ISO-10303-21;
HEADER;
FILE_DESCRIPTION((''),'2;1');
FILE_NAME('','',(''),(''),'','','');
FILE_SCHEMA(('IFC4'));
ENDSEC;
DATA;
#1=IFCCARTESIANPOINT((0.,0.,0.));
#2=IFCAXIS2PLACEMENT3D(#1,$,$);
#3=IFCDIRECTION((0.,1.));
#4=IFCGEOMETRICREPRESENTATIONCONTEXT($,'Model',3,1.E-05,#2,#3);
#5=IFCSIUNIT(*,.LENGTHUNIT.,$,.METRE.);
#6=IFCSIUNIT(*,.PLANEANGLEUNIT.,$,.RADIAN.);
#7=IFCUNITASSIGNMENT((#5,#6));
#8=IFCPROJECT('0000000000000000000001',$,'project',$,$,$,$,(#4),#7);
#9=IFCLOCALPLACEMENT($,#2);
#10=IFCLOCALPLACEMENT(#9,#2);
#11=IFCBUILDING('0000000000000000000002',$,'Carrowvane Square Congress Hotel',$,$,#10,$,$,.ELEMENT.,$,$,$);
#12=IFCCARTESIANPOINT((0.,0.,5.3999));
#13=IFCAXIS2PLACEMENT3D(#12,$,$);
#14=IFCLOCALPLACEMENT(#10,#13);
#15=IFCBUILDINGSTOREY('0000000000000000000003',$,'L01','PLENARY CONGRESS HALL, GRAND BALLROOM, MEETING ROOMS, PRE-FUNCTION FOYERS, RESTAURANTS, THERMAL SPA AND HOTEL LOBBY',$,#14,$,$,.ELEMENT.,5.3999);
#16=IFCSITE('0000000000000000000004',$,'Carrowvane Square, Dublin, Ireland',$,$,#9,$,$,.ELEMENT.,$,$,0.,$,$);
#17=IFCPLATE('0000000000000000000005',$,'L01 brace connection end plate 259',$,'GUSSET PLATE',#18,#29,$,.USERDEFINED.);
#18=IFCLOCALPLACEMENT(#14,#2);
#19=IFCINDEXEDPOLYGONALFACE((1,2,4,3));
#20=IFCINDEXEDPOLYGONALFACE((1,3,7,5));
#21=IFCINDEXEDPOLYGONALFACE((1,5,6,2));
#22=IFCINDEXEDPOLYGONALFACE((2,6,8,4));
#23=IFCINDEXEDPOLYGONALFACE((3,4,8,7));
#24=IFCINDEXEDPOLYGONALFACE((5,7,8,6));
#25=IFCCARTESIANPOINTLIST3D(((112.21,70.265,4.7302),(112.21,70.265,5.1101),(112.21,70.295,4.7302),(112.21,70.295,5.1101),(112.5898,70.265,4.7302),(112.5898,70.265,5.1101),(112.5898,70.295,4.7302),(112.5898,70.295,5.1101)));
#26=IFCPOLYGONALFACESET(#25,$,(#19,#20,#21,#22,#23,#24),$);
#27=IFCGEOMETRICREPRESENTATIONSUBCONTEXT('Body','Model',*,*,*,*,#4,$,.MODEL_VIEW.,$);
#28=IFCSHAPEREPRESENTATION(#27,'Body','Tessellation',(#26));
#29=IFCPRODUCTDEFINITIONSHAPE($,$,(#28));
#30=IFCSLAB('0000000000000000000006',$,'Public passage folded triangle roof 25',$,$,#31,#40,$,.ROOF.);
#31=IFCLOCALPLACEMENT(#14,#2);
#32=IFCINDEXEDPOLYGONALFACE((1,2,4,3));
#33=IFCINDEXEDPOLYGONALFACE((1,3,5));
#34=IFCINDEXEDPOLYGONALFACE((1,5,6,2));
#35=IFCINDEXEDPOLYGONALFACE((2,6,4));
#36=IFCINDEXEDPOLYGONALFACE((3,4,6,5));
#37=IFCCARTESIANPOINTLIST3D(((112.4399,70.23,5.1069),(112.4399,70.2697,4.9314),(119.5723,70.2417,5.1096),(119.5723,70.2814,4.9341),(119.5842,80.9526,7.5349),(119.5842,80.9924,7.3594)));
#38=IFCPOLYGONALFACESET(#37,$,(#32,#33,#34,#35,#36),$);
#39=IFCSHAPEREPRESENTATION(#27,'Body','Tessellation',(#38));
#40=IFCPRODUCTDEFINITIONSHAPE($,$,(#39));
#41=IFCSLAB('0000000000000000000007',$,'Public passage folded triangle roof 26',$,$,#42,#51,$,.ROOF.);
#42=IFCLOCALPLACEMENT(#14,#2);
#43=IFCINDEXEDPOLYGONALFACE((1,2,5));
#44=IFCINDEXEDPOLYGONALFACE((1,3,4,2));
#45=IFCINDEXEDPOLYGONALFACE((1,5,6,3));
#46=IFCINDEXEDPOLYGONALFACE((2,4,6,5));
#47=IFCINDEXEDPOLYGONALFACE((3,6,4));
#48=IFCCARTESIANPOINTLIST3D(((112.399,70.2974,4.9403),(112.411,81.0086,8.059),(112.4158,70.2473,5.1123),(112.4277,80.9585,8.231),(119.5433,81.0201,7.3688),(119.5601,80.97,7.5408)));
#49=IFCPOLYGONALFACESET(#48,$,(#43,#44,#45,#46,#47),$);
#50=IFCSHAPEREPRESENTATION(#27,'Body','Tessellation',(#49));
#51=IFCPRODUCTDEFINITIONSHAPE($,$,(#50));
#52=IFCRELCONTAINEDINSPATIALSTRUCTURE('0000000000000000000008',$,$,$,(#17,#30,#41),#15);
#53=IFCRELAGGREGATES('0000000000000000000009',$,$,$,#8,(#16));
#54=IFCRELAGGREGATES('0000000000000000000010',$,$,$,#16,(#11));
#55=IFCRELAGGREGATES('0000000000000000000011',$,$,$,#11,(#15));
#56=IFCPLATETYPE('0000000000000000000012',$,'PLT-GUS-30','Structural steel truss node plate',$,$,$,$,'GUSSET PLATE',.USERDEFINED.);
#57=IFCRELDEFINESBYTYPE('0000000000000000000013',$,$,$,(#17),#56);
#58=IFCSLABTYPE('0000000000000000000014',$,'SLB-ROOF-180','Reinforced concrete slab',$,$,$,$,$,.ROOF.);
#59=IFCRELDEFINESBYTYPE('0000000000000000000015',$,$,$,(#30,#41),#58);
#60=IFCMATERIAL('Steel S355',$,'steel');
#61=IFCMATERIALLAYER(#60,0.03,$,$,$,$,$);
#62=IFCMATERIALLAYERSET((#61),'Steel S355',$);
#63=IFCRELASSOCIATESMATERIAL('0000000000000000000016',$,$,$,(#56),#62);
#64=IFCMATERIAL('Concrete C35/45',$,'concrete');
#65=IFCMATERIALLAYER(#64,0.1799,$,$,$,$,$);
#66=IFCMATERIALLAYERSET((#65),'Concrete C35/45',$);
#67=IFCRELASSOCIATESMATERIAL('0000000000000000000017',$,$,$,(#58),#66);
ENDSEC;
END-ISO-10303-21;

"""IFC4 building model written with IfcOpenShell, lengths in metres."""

from ifc_helpers import new_model, si_unit, direction, frame, origin, origin_2d, place, context, subcontext, project, spatial, polyline, rectangle, outline, extrude, material, layer, layer_set, type_object, element, save


model = new_model("IFC4")

# Units and contexts
model_context = context("Model", 3, precision=1e-05, world=origin(), true_north=direction((0.0, 1.0)))
body_context = subcontext(model_context, "Body", "Model", "MODEL_VIEW")
ifc_project = project(units=[si_unit("LENGTHUNIT", "METRE"), si_unit("PLANEANGLEUNIT", "RADIAN")], contexts=[model_context])

# Site, building, storey
site_placement = place(None, origin())
site = spatial("IfcSite", under=ifc_project, at=site_placement, Name="Carrowvane Square, Dublin, Ireland", CompositionType="ELEMENT", RefElevation=0.0)
building_placement = place(site_placement, origin())
building = spatial("IfcBuilding", under=site, at=building_placement, Name="Carrowvane Square Congress Hotel", CompositionType="ELEMENT")
storey_placement = place(building_placement, frame((0.0, 0.0, 5.3999)))
storey = spatial("IfcBuildingStorey", under=building, at=storey_placement, Name="L01", Description="PLENARY CONGRESS HALL, GRAND BALLROOM, MEETING ROOMS, PRE-FUNCTION FOYERS, RESTAURANTS, THERMAL SPA AND HOTEL LOBBY", CompositionType="ELEMENT", Elevation=5.3999)

# Plate
ifc_material_1 = material(Name="Steel S355", Category="steel")
ifc_layer_1 = layer(ifc_material_1, 0.03)
ifc_layer_set_1 = layer_set([ifc_layer_1], Name="Steel S355")
plate_type_1 = type_object("IfcPlateType", Name="PLT-GUS-30", Description="Structural steel truss node plate", ElementType="GUSSET PLATE", PredefinedType="USERDEFINED", material=ifc_layer_set_1)
plate_1_placement = place(storey_placement, frame((112.3999, 70.28, 4.7302), z_axis=(0.0, 0.0, 1.0), x_axis=(1.0, 0.0, 0.0)))
element("IfcPlate", 1, at=plate_1_placement, inside=storey, type_object=plate_type_1, Name="L01 brace connection end plate 259", ObjectType="GUSSET PLATE", PredefinedType="USERDEFINED", context=body_context, shape_type="SweptSolid", body=[
    extrude(rectangle(XDim=0.3799, YDim=0.03, at=origin_2d()), origin(), (0.0, 0.0, 1.0), 0.3799),
])

# Slabs
ifc_material_2 = material(Name="Concrete C35/45", Category="concrete")
ifc_layer_2 = layer(ifc_material_2, 0.1799)
ifc_layer_set_2 = layer_set([ifc_layer_2], Name="Concrete C35/45")
slab_type = type_object("IfcSlabType", Name="SLB-ROOF-180", Description="Reinforced concrete slab", PredefinedType="ROOF", material=ifc_layer_set_2)
slab_1_placement = place(storey_placement, frame((112.4399, 70.23, 5.1069), z_axis=(-0.000004, -0.220841, 0.97531), x_axis=(0.999999, 0.001643, 0.000377)))
element("IfcSlab", 2, at=slab_1_placement, inside=storey, type_object=slab_type, Name="Public passage folded triangle roof 25", PredefinedType="ROOF", context=body_context, shape_type="SweptSolid", body=[
    extrude(outline(polyline([(0.0, 0.0), (7.1323, 0.0), (7.1628, 10.9821), (0.0, 0.0)])), origin(), (0.0, 0.0, -1.0), 0.1799),
])
slab_2_placement = place(storey_placement, frame((112.4158, 70.2473, 5.1123), z_axis=(0.092954, -0.278436, 0.955946), x_axis=(0.544884, 0.8178, 0.185215)))
element("IfcSlab", 3, at=slab_2_placement, inside=storey, type_object=slab_type, Name="Public passage folded triangle roof 26", PredefinedType="ROOF", context=body_context, shape_type="SweptSolid", body=[
    extrude(outline(polyline([(0.0, 0.0), (13.1116, 0.0), (9.3437, 6.0951), (0.0, 0.0)])), origin(), (0.0, 0.0, -1.0), 0.1799),
])

save(model, "model.ifc")
